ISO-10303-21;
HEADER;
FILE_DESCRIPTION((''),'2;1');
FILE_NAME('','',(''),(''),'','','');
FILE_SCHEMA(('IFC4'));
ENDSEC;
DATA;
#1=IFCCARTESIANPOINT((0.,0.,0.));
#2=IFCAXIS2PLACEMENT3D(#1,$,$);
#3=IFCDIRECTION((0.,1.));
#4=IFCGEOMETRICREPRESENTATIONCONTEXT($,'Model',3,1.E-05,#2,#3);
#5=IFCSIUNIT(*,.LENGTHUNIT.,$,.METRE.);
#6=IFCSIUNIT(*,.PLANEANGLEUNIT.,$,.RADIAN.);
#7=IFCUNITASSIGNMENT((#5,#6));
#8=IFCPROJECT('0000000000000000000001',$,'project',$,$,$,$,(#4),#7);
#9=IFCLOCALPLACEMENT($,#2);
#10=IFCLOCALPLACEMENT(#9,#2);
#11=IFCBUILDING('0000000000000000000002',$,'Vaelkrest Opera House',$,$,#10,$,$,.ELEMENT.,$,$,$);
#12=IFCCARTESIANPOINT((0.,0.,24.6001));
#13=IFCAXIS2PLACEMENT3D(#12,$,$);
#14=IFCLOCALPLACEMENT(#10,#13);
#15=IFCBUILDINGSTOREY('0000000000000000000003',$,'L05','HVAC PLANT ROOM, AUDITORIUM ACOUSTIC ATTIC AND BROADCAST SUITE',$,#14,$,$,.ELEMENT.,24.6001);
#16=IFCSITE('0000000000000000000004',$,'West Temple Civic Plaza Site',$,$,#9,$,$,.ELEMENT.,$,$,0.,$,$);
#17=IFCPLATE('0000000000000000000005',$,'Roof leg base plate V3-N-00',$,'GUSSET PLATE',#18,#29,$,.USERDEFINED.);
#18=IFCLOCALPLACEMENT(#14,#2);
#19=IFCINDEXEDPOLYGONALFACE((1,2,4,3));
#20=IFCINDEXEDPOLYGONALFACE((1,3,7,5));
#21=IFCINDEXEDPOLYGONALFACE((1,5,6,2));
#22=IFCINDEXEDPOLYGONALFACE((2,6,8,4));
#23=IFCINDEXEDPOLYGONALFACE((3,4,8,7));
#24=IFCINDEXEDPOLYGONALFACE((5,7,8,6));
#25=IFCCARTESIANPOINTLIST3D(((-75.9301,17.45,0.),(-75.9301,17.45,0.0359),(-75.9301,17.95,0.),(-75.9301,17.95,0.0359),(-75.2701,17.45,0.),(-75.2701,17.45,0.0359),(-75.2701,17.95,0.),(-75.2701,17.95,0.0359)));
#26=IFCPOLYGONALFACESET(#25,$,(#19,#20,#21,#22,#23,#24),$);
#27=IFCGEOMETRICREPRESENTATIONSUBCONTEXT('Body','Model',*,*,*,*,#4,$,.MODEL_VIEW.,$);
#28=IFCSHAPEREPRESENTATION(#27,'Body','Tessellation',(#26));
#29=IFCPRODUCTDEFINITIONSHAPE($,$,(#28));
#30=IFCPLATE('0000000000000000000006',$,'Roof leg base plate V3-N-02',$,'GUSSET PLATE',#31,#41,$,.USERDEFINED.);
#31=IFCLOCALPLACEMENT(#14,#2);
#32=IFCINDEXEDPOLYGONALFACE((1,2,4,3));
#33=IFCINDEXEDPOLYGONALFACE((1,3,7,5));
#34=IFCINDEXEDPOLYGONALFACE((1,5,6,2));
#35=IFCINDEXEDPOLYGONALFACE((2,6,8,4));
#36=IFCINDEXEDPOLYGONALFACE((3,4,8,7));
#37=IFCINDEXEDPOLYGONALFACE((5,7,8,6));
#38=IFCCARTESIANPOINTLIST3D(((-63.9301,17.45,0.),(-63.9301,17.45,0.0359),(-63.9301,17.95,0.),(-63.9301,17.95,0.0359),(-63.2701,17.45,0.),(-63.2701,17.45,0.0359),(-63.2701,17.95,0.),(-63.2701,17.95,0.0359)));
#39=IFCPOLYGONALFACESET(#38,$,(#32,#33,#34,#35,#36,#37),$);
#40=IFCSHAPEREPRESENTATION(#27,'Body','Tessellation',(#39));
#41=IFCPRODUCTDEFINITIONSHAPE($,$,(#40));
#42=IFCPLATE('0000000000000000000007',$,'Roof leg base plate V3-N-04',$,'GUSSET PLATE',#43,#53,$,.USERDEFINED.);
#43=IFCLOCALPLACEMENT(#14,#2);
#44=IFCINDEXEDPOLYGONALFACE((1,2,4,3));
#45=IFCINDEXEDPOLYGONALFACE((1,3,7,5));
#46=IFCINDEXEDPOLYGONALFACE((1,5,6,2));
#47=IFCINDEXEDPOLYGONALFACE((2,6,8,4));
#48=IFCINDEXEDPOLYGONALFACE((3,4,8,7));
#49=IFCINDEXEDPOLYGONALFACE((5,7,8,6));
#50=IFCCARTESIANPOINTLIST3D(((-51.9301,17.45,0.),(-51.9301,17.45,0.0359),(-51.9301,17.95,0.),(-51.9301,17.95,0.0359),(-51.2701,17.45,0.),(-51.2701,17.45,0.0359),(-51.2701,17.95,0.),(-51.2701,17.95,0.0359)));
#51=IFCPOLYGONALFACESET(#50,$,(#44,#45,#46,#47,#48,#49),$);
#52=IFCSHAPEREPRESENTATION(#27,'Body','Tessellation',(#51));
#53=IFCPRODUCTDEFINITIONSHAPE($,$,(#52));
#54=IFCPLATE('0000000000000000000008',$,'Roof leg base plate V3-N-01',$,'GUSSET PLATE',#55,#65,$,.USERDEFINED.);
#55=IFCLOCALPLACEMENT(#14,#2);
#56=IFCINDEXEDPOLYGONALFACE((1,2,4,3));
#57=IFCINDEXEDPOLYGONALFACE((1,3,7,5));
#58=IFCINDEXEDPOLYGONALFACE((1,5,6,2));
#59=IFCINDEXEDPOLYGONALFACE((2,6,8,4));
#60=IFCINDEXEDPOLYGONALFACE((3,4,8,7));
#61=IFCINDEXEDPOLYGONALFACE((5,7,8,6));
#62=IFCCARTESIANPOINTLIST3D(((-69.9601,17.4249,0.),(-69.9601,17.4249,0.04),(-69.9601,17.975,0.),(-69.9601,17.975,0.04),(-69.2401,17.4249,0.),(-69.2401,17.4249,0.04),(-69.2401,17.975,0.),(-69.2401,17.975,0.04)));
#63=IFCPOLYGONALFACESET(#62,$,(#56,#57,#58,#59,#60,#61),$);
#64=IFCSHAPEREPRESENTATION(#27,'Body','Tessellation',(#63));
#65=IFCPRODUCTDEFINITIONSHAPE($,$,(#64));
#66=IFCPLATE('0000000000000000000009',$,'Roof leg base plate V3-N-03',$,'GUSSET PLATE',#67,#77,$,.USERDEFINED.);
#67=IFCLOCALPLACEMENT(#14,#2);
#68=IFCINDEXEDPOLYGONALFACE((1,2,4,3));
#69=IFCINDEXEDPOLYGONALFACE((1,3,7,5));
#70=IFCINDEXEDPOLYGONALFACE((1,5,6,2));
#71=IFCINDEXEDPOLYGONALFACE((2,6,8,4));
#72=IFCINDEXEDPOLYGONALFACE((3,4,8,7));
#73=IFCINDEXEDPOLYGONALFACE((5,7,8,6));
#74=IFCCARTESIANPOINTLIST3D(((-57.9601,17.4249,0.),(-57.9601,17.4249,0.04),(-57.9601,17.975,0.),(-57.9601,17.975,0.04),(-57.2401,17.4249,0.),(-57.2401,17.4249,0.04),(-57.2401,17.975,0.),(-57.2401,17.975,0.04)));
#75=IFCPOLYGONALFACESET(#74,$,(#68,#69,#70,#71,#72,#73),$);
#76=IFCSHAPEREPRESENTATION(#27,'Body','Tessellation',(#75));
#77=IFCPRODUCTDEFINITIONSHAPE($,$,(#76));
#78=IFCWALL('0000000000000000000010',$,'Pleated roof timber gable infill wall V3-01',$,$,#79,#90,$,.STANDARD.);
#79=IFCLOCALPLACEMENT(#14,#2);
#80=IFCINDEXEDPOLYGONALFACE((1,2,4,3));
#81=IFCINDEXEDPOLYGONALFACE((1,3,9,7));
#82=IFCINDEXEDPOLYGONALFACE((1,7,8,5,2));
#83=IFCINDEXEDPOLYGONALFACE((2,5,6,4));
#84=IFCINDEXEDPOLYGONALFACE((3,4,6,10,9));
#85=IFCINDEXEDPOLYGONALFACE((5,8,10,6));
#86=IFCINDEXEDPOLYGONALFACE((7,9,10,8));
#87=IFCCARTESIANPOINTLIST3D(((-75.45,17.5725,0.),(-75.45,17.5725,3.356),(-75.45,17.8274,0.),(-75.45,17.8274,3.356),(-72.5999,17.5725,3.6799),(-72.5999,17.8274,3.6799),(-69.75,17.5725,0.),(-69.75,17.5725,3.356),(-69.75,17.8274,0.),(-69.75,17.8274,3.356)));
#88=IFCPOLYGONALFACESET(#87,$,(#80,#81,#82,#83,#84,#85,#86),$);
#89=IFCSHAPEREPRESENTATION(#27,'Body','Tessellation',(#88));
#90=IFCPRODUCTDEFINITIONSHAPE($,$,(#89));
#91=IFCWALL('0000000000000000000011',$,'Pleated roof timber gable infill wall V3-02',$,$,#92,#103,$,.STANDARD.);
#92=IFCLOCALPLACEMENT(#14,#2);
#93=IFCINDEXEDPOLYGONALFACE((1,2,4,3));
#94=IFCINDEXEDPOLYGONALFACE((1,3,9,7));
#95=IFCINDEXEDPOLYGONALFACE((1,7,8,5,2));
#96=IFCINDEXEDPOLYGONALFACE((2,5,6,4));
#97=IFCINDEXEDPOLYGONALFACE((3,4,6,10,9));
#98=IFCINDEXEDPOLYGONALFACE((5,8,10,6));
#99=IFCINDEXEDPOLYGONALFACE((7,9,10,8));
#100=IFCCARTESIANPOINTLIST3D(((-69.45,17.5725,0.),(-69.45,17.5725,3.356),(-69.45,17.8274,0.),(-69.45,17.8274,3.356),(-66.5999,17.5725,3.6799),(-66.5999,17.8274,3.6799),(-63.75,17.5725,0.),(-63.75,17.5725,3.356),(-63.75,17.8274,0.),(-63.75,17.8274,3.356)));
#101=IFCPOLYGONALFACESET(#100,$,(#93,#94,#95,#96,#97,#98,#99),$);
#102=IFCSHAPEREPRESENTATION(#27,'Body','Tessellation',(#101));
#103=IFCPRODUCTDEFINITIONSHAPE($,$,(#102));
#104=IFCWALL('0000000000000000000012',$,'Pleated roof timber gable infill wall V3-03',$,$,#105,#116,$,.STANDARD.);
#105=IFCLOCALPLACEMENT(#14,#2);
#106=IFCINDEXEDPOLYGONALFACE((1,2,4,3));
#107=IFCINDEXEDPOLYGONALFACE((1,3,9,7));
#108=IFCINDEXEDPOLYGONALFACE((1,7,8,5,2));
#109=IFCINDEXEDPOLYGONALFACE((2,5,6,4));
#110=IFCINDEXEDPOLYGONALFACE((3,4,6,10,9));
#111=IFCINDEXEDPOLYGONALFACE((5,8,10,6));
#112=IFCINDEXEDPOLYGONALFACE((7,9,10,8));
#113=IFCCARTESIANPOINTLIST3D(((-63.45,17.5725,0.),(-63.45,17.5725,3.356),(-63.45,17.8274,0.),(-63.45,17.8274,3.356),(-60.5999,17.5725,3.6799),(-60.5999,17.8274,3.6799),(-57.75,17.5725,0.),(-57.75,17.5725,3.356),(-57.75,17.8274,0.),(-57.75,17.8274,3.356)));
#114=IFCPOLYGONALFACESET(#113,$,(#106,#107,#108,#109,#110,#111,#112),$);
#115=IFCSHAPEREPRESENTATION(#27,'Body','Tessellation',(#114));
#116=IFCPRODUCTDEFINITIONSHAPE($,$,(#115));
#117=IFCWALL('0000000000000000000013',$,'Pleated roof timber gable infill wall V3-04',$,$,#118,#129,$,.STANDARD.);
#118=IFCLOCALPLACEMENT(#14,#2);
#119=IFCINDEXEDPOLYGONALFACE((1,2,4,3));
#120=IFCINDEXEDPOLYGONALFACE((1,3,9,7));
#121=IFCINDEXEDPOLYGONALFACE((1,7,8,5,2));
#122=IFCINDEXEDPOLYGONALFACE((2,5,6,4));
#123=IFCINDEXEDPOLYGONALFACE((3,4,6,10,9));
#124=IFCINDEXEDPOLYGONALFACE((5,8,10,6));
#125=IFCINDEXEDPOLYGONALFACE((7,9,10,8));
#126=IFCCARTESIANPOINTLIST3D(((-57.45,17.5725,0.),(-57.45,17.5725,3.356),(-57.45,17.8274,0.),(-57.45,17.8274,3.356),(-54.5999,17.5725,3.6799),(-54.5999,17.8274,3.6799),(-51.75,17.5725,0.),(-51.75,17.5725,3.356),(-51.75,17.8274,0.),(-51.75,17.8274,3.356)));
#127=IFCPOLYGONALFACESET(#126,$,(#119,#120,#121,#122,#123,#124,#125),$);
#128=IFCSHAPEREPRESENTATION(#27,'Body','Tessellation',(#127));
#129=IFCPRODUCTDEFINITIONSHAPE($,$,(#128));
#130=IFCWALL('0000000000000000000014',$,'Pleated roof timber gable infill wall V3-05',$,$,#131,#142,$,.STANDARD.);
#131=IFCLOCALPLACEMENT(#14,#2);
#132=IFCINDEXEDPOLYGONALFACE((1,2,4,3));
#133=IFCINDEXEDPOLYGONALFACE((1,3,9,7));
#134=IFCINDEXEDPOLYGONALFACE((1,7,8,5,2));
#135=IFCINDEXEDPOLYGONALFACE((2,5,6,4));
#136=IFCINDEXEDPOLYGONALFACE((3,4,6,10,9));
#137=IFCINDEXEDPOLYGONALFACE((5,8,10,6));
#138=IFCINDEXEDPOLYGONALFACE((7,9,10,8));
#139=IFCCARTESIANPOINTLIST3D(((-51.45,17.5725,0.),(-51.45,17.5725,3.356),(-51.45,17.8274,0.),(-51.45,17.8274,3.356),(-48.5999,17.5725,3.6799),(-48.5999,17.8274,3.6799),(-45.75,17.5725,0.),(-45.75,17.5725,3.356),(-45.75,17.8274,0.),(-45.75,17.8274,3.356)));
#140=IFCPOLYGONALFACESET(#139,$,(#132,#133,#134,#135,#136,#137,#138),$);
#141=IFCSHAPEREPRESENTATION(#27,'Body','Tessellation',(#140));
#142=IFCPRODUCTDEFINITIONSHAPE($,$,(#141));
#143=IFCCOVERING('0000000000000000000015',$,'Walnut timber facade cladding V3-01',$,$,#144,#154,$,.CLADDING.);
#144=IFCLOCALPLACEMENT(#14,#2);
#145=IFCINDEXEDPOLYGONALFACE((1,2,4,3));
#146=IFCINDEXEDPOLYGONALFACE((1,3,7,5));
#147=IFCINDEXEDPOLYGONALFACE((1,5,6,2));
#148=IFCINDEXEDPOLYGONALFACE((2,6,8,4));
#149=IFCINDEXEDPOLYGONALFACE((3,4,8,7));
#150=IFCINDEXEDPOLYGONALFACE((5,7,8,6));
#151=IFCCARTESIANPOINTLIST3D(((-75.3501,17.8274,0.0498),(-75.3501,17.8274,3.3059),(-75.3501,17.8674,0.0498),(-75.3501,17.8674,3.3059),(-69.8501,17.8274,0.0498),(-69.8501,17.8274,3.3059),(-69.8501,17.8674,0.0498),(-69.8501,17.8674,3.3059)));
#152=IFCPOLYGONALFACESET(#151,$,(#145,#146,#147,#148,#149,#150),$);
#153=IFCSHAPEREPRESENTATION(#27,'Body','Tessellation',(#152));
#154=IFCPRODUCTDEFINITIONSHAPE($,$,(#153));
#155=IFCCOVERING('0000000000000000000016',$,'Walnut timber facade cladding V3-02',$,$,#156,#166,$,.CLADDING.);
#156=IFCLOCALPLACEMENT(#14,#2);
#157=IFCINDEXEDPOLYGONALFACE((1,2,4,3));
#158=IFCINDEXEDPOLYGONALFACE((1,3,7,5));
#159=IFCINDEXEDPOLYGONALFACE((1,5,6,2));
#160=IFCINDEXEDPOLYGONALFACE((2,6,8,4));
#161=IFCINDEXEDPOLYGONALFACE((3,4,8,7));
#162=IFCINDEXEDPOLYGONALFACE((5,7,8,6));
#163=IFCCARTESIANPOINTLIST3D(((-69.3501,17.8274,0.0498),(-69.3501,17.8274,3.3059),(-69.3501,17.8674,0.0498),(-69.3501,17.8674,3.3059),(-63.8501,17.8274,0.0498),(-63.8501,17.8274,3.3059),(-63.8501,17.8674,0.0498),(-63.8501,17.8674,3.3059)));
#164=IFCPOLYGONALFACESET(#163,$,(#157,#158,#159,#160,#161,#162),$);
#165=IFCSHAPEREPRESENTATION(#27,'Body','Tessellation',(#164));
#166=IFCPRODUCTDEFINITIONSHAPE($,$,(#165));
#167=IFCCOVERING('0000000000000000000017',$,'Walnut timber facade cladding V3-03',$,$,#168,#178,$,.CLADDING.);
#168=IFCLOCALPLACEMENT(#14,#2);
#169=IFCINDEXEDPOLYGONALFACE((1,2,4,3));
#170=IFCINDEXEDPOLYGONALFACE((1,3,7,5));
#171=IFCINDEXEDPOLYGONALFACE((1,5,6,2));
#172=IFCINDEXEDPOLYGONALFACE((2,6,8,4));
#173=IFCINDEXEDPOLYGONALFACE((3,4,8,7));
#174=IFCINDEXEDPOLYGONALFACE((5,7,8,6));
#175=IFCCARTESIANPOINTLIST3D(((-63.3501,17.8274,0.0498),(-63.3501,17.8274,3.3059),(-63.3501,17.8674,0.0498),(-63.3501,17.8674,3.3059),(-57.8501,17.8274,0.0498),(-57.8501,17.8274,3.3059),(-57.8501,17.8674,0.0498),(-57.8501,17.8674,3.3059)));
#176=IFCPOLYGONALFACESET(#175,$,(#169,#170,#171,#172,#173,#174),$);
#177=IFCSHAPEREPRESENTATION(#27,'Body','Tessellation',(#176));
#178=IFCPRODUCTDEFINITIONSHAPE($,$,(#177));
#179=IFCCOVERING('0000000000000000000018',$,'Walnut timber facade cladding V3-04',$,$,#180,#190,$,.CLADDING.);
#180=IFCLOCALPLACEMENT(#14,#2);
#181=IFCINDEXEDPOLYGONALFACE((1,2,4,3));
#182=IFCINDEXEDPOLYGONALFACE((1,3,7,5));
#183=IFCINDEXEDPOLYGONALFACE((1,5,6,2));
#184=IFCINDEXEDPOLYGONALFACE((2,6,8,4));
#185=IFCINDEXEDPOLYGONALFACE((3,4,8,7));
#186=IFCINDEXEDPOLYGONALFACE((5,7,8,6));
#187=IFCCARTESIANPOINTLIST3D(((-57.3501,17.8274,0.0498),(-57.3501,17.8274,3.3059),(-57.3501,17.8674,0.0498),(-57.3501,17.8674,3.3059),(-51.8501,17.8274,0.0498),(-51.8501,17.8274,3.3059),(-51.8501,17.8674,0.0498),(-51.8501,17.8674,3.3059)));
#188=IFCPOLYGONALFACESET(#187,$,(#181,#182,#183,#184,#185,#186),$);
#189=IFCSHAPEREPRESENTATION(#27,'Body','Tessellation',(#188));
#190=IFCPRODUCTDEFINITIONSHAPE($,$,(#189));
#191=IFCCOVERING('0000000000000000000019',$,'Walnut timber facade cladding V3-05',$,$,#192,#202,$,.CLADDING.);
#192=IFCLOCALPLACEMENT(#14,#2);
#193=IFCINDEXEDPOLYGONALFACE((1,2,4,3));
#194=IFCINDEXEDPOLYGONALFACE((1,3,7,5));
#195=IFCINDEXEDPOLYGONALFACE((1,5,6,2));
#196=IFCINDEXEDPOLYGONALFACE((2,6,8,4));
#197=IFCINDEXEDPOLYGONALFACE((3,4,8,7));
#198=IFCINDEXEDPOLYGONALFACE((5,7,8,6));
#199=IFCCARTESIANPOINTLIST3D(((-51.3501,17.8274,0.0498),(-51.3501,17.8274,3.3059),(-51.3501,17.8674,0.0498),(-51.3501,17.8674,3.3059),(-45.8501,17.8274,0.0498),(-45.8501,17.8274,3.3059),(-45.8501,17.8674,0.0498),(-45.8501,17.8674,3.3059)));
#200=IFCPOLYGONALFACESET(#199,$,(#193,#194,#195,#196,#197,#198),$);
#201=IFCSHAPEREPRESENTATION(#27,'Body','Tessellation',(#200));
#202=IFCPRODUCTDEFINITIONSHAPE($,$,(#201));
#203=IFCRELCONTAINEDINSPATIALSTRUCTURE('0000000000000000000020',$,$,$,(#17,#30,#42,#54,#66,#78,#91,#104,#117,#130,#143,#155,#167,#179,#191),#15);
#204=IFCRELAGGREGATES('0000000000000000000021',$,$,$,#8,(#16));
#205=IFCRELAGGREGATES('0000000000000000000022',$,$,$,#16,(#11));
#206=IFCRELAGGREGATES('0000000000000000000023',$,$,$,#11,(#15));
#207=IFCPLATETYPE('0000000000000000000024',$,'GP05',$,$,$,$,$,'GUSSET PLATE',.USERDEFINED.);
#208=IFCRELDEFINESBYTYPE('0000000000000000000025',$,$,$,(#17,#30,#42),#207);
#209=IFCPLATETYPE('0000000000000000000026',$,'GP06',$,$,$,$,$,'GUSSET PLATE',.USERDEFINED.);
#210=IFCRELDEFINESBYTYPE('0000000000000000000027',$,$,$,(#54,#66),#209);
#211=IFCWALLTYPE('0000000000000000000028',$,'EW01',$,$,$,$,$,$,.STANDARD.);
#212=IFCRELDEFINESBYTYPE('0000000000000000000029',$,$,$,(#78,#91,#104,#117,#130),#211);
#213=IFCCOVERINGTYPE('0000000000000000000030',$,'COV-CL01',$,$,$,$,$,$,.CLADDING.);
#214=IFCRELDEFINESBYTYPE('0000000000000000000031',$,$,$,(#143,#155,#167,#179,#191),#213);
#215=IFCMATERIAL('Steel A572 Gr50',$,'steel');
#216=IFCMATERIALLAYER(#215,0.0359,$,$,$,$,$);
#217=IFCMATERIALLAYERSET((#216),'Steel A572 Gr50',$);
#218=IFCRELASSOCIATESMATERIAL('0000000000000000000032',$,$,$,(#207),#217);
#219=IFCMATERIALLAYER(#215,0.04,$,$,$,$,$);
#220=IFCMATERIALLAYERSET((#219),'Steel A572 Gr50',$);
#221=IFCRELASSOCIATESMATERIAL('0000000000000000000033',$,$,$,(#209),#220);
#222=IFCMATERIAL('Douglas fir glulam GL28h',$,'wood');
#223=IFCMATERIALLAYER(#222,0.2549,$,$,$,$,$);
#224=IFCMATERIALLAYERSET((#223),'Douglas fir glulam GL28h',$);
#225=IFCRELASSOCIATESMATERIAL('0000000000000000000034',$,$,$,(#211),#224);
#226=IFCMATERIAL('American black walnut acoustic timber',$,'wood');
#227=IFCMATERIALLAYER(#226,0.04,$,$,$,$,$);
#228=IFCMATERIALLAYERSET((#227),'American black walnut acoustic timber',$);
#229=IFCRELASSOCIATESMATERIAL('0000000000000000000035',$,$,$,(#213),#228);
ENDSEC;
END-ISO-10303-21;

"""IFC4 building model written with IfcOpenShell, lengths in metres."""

from ifc_helpers import new_model, si_unit, direction, frame, origin, origin_2d, place, context, subcontext, project, spatial, polyline, rectangle, outline, extrude, material, layer, layer_set, type_object, element, save


model = new_model("IFC4")

# Units and contexts
model_context = context("Model", 3, precision=1e-05, world=origin(), true_north=direction((0.0, 1.0)))
body_context = subcontext(model_context, "Body", "Model", "MODEL_VIEW")
ifc_project = project(units=[si_unit("LENGTHUNIT", "METRE"), si_unit("PLANEANGLEUNIT", "RADIAN")], contexts=[model_context])

# Site, building, storey
site_placement = place(None, origin())
site = spatial("IfcSite", under=ifc_project, at=site_placement, Name="West Temple Civic Plaza Site", CompositionType="ELEMENT", RefElevation=0.0)
building_placement = place(site_placement, origin())
building = spatial("IfcBuilding", under=site, at=building_placement, Name="Vaelkrest Opera House", CompositionType="ELEMENT")
storey_placement = place(building_placement, frame((0.0, 0.0, 24.6001)))
storey = spatial("IfcBuildingStorey", under=building, at=storey_placement, Name="L05", Description="HVAC PLANT ROOM, AUDITORIUM ACOUSTIC ATTIC AND BROADCAST SUITE", CompositionType="ELEMENT", Elevation=24.6001)

# Plates
ifc_material_1 = material(Name="Steel A572 Gr50", Category="steel")
ifc_layer_1 = layer(ifc_material_1, 0.0359)
ifc_layer_set_1 = layer_set([ifc_layer_1], Name="Steel A572 Gr50")
plate_type_1 = type_object("IfcPlateType", Name="GP05", ElementType="GUSSET PLATE", PredefinedType="USERDEFINED", material=ifc_layer_set_1)
for number, where, z_axis, x_axis, name in (
    (1, (-75.6001, 17.7, 0.0), (0.0, 0.0, 1.0), (1.0, 0.0, 0.0), "Roof leg base plate V3-N-00"),
    (2, (-63.6001, 17.7, 0.0), (0.0, 0.0, 1.0), (1.0, 0.0, 0.0), "Roof leg base plate V3-N-02"),
    (3, (-51.6001, 17.7, 0.0), (0.0, 0.0, 1.0), (1.0, 0.0, 0.0), "Roof leg base plate V3-N-04"),
):
    element("IfcPlate", number, at=place(storey_placement, frame(where, z_axis=z_axis, x_axis=x_axis)), inside=storey, type_object=plate_type_1, Name=name, ObjectType="GUSSET PLATE", PredefinedType="USERDEFINED", context=body_context, shape_type="SweptSolid", body=[
        extrude(rectangle(XDim=0.6599, YDim=0.5, at=origin_2d()), origin(), (0.0, 0.0, 1.0), 0.0359),
    ])
ifc_layer_2 = layer(ifc_material_1, 0.04)
ifc_layer_set_2 = layer_set([ifc_layer_2], Name="Steel A572 Gr50")
plate_type_2 = type_object("IfcPlateType", Name="GP06", ElementType="GUSSET PLATE", PredefinedType="USERDEFINED", material=ifc_layer_set_2)
for number, where, z_axis, x_axis, name in (
    (4, (-69.6001, 17.7, 0.0), (0.0, 0.0, 1.0), (1.0, 0.0, 0.0), "Roof leg base plate V3-N-01"),
    (5, (-57.6001, 17.7, 0.0), (0.0, 0.0, 1.0), (1.0, 0.0, 0.0), "Roof leg base plate V3-N-03"),
):
    element("IfcPlate", number, at=place(storey_placement, frame(where, z_axis=z_axis, x_axis=x_axis)), inside=storey, type_object=plate_type_2, Name=name, ObjectType="GUSSET PLATE", PredefinedType="USERDEFINED", context=body_context, shape_type="SweptSolid", body=[
        extrude(rectangle(XDim=0.72, YDim=0.55, at=origin_2d()), origin(), (0.0, 0.0, 1.0), 0.04),
    ])

# Walls
ifc_material_2 = material(Name="Douglas fir glulam GL28h", Category="wood")
ifc_layer_3 = layer(ifc_material_2, 0.2549)
ifc_layer_set_3 = layer_set([ifc_layer_3], Name="Douglas fir glulam GL28h")
wall_type = type_object("IfcWallType", Name="EW01", PredefinedType="STANDARD", material=ifc_layer_set_3)
for number, where, z_axis, x_axis, name in (
    (6, (-75.45, 17.7, 0.0), (0.0, 0.0, 1.0), (1.0, 0.0, 0.0), "Pleated roof timber gable infill wall V3-01"),
    (7, (-69.45, 17.7, 0.0), (0.0, 0.0, 1.0), (1.0, 0.0, 0.0), "Pleated roof timber gable infill wall V3-02"),
    (8, (-63.45, 17.7, 0.0), (0.0, 0.0, 1.0), (1.0, 0.0, 0.0), "Pleated roof timber gable infill wall V3-03"),
    (9, (-57.45, 17.7, 0.0), (0.0, 0.0, 1.0), (1.0, 0.0, 0.0), "Pleated roof timber gable infill wall V3-04"),
    (10, (-51.45, 17.7, 0.0), (0.0, 0.0, 1.0), (1.0, 0.0, 0.0), "Pleated roof timber gable infill wall V3-05"),
):
    element("IfcWall", number, at=place(storey_placement, frame(where, z_axis=z_axis, x_axis=x_axis)), inside=storey, type_object=wall_type, Name=name, PredefinedType="STANDARD", context=body_context, shape_type="SweptSolid", body=[
        extrude(outline(polyline([(0.0, 0.0), (5.7, 0.0), (5.7, 3.356), (2.8501, 3.6799), (0.0, 3.356), (0.0, 0.0)])), frame((0.0, 0.1274, 0.0), z_axis=(0.0, -1.0, 0.0), x_axis=(1.0, 0.0, 0.0)), (0.0, 0.0, 1.0), 0.2549),
    ])

# Coverings
ifc_material_3 = material(Name="American black walnut acoustic timber", Category="wood")
ifc_layer_4 = layer(ifc_material_3, 0.04)
ifc_layer_set_4 = layer_set([ifc_layer_4], Name="American black walnut acoustic timber")
covering_type = type_object("IfcCoveringType", Name="COV-CL01", PredefinedType="CLADDING", material=ifc_layer_set_4)
for number, where, z_axis, x_axis, name in (
    (11, (-72.6001, 17.8474, 0.0498), (0.0, 0.0, 1.0), (1.0, 0.0, 0.0), "Walnut timber facade cladding V3-01"),
    (12, (-66.6001, 17.8474, 0.0498), (0.0, 0.0, 1.0), (1.0, 0.0, 0.0), "Walnut timber facade cladding V3-02"),
    (13, (-60.6001, 17.8474, 0.0498), (0.0, 0.0, 1.0), (1.0, 0.0, 0.0), "Walnut timber facade cladding V3-03"),
    (14, (-54.6001, 17.8474, 0.0498), (0.0, 0.0, 1.0), (1.0, 0.0, 0.0), "Walnut timber facade cladding V3-04"),
    (15, (-48.6001, 17.8474, 0.0498), (0.0, 0.0, 1.0), (1.0, 0.0, 0.0), "Walnut timber facade cladding V3-05"),
):
    element("IfcCovering", number, at=place(storey_placement, frame(where, z_axis=z_axis, x_axis=x_axis)), inside=storey, type_object=covering_type, Name=name, PredefinedType="CLADDING", context=body_context, shape_type="SweptSolid", body=[
        extrude(rectangle(XDim=5.5, YDim=0.04, at=origin_2d()), origin(), (0.0, 0.0, 1.0), 3.2561),
    ])

save(model, "model.ifc")
